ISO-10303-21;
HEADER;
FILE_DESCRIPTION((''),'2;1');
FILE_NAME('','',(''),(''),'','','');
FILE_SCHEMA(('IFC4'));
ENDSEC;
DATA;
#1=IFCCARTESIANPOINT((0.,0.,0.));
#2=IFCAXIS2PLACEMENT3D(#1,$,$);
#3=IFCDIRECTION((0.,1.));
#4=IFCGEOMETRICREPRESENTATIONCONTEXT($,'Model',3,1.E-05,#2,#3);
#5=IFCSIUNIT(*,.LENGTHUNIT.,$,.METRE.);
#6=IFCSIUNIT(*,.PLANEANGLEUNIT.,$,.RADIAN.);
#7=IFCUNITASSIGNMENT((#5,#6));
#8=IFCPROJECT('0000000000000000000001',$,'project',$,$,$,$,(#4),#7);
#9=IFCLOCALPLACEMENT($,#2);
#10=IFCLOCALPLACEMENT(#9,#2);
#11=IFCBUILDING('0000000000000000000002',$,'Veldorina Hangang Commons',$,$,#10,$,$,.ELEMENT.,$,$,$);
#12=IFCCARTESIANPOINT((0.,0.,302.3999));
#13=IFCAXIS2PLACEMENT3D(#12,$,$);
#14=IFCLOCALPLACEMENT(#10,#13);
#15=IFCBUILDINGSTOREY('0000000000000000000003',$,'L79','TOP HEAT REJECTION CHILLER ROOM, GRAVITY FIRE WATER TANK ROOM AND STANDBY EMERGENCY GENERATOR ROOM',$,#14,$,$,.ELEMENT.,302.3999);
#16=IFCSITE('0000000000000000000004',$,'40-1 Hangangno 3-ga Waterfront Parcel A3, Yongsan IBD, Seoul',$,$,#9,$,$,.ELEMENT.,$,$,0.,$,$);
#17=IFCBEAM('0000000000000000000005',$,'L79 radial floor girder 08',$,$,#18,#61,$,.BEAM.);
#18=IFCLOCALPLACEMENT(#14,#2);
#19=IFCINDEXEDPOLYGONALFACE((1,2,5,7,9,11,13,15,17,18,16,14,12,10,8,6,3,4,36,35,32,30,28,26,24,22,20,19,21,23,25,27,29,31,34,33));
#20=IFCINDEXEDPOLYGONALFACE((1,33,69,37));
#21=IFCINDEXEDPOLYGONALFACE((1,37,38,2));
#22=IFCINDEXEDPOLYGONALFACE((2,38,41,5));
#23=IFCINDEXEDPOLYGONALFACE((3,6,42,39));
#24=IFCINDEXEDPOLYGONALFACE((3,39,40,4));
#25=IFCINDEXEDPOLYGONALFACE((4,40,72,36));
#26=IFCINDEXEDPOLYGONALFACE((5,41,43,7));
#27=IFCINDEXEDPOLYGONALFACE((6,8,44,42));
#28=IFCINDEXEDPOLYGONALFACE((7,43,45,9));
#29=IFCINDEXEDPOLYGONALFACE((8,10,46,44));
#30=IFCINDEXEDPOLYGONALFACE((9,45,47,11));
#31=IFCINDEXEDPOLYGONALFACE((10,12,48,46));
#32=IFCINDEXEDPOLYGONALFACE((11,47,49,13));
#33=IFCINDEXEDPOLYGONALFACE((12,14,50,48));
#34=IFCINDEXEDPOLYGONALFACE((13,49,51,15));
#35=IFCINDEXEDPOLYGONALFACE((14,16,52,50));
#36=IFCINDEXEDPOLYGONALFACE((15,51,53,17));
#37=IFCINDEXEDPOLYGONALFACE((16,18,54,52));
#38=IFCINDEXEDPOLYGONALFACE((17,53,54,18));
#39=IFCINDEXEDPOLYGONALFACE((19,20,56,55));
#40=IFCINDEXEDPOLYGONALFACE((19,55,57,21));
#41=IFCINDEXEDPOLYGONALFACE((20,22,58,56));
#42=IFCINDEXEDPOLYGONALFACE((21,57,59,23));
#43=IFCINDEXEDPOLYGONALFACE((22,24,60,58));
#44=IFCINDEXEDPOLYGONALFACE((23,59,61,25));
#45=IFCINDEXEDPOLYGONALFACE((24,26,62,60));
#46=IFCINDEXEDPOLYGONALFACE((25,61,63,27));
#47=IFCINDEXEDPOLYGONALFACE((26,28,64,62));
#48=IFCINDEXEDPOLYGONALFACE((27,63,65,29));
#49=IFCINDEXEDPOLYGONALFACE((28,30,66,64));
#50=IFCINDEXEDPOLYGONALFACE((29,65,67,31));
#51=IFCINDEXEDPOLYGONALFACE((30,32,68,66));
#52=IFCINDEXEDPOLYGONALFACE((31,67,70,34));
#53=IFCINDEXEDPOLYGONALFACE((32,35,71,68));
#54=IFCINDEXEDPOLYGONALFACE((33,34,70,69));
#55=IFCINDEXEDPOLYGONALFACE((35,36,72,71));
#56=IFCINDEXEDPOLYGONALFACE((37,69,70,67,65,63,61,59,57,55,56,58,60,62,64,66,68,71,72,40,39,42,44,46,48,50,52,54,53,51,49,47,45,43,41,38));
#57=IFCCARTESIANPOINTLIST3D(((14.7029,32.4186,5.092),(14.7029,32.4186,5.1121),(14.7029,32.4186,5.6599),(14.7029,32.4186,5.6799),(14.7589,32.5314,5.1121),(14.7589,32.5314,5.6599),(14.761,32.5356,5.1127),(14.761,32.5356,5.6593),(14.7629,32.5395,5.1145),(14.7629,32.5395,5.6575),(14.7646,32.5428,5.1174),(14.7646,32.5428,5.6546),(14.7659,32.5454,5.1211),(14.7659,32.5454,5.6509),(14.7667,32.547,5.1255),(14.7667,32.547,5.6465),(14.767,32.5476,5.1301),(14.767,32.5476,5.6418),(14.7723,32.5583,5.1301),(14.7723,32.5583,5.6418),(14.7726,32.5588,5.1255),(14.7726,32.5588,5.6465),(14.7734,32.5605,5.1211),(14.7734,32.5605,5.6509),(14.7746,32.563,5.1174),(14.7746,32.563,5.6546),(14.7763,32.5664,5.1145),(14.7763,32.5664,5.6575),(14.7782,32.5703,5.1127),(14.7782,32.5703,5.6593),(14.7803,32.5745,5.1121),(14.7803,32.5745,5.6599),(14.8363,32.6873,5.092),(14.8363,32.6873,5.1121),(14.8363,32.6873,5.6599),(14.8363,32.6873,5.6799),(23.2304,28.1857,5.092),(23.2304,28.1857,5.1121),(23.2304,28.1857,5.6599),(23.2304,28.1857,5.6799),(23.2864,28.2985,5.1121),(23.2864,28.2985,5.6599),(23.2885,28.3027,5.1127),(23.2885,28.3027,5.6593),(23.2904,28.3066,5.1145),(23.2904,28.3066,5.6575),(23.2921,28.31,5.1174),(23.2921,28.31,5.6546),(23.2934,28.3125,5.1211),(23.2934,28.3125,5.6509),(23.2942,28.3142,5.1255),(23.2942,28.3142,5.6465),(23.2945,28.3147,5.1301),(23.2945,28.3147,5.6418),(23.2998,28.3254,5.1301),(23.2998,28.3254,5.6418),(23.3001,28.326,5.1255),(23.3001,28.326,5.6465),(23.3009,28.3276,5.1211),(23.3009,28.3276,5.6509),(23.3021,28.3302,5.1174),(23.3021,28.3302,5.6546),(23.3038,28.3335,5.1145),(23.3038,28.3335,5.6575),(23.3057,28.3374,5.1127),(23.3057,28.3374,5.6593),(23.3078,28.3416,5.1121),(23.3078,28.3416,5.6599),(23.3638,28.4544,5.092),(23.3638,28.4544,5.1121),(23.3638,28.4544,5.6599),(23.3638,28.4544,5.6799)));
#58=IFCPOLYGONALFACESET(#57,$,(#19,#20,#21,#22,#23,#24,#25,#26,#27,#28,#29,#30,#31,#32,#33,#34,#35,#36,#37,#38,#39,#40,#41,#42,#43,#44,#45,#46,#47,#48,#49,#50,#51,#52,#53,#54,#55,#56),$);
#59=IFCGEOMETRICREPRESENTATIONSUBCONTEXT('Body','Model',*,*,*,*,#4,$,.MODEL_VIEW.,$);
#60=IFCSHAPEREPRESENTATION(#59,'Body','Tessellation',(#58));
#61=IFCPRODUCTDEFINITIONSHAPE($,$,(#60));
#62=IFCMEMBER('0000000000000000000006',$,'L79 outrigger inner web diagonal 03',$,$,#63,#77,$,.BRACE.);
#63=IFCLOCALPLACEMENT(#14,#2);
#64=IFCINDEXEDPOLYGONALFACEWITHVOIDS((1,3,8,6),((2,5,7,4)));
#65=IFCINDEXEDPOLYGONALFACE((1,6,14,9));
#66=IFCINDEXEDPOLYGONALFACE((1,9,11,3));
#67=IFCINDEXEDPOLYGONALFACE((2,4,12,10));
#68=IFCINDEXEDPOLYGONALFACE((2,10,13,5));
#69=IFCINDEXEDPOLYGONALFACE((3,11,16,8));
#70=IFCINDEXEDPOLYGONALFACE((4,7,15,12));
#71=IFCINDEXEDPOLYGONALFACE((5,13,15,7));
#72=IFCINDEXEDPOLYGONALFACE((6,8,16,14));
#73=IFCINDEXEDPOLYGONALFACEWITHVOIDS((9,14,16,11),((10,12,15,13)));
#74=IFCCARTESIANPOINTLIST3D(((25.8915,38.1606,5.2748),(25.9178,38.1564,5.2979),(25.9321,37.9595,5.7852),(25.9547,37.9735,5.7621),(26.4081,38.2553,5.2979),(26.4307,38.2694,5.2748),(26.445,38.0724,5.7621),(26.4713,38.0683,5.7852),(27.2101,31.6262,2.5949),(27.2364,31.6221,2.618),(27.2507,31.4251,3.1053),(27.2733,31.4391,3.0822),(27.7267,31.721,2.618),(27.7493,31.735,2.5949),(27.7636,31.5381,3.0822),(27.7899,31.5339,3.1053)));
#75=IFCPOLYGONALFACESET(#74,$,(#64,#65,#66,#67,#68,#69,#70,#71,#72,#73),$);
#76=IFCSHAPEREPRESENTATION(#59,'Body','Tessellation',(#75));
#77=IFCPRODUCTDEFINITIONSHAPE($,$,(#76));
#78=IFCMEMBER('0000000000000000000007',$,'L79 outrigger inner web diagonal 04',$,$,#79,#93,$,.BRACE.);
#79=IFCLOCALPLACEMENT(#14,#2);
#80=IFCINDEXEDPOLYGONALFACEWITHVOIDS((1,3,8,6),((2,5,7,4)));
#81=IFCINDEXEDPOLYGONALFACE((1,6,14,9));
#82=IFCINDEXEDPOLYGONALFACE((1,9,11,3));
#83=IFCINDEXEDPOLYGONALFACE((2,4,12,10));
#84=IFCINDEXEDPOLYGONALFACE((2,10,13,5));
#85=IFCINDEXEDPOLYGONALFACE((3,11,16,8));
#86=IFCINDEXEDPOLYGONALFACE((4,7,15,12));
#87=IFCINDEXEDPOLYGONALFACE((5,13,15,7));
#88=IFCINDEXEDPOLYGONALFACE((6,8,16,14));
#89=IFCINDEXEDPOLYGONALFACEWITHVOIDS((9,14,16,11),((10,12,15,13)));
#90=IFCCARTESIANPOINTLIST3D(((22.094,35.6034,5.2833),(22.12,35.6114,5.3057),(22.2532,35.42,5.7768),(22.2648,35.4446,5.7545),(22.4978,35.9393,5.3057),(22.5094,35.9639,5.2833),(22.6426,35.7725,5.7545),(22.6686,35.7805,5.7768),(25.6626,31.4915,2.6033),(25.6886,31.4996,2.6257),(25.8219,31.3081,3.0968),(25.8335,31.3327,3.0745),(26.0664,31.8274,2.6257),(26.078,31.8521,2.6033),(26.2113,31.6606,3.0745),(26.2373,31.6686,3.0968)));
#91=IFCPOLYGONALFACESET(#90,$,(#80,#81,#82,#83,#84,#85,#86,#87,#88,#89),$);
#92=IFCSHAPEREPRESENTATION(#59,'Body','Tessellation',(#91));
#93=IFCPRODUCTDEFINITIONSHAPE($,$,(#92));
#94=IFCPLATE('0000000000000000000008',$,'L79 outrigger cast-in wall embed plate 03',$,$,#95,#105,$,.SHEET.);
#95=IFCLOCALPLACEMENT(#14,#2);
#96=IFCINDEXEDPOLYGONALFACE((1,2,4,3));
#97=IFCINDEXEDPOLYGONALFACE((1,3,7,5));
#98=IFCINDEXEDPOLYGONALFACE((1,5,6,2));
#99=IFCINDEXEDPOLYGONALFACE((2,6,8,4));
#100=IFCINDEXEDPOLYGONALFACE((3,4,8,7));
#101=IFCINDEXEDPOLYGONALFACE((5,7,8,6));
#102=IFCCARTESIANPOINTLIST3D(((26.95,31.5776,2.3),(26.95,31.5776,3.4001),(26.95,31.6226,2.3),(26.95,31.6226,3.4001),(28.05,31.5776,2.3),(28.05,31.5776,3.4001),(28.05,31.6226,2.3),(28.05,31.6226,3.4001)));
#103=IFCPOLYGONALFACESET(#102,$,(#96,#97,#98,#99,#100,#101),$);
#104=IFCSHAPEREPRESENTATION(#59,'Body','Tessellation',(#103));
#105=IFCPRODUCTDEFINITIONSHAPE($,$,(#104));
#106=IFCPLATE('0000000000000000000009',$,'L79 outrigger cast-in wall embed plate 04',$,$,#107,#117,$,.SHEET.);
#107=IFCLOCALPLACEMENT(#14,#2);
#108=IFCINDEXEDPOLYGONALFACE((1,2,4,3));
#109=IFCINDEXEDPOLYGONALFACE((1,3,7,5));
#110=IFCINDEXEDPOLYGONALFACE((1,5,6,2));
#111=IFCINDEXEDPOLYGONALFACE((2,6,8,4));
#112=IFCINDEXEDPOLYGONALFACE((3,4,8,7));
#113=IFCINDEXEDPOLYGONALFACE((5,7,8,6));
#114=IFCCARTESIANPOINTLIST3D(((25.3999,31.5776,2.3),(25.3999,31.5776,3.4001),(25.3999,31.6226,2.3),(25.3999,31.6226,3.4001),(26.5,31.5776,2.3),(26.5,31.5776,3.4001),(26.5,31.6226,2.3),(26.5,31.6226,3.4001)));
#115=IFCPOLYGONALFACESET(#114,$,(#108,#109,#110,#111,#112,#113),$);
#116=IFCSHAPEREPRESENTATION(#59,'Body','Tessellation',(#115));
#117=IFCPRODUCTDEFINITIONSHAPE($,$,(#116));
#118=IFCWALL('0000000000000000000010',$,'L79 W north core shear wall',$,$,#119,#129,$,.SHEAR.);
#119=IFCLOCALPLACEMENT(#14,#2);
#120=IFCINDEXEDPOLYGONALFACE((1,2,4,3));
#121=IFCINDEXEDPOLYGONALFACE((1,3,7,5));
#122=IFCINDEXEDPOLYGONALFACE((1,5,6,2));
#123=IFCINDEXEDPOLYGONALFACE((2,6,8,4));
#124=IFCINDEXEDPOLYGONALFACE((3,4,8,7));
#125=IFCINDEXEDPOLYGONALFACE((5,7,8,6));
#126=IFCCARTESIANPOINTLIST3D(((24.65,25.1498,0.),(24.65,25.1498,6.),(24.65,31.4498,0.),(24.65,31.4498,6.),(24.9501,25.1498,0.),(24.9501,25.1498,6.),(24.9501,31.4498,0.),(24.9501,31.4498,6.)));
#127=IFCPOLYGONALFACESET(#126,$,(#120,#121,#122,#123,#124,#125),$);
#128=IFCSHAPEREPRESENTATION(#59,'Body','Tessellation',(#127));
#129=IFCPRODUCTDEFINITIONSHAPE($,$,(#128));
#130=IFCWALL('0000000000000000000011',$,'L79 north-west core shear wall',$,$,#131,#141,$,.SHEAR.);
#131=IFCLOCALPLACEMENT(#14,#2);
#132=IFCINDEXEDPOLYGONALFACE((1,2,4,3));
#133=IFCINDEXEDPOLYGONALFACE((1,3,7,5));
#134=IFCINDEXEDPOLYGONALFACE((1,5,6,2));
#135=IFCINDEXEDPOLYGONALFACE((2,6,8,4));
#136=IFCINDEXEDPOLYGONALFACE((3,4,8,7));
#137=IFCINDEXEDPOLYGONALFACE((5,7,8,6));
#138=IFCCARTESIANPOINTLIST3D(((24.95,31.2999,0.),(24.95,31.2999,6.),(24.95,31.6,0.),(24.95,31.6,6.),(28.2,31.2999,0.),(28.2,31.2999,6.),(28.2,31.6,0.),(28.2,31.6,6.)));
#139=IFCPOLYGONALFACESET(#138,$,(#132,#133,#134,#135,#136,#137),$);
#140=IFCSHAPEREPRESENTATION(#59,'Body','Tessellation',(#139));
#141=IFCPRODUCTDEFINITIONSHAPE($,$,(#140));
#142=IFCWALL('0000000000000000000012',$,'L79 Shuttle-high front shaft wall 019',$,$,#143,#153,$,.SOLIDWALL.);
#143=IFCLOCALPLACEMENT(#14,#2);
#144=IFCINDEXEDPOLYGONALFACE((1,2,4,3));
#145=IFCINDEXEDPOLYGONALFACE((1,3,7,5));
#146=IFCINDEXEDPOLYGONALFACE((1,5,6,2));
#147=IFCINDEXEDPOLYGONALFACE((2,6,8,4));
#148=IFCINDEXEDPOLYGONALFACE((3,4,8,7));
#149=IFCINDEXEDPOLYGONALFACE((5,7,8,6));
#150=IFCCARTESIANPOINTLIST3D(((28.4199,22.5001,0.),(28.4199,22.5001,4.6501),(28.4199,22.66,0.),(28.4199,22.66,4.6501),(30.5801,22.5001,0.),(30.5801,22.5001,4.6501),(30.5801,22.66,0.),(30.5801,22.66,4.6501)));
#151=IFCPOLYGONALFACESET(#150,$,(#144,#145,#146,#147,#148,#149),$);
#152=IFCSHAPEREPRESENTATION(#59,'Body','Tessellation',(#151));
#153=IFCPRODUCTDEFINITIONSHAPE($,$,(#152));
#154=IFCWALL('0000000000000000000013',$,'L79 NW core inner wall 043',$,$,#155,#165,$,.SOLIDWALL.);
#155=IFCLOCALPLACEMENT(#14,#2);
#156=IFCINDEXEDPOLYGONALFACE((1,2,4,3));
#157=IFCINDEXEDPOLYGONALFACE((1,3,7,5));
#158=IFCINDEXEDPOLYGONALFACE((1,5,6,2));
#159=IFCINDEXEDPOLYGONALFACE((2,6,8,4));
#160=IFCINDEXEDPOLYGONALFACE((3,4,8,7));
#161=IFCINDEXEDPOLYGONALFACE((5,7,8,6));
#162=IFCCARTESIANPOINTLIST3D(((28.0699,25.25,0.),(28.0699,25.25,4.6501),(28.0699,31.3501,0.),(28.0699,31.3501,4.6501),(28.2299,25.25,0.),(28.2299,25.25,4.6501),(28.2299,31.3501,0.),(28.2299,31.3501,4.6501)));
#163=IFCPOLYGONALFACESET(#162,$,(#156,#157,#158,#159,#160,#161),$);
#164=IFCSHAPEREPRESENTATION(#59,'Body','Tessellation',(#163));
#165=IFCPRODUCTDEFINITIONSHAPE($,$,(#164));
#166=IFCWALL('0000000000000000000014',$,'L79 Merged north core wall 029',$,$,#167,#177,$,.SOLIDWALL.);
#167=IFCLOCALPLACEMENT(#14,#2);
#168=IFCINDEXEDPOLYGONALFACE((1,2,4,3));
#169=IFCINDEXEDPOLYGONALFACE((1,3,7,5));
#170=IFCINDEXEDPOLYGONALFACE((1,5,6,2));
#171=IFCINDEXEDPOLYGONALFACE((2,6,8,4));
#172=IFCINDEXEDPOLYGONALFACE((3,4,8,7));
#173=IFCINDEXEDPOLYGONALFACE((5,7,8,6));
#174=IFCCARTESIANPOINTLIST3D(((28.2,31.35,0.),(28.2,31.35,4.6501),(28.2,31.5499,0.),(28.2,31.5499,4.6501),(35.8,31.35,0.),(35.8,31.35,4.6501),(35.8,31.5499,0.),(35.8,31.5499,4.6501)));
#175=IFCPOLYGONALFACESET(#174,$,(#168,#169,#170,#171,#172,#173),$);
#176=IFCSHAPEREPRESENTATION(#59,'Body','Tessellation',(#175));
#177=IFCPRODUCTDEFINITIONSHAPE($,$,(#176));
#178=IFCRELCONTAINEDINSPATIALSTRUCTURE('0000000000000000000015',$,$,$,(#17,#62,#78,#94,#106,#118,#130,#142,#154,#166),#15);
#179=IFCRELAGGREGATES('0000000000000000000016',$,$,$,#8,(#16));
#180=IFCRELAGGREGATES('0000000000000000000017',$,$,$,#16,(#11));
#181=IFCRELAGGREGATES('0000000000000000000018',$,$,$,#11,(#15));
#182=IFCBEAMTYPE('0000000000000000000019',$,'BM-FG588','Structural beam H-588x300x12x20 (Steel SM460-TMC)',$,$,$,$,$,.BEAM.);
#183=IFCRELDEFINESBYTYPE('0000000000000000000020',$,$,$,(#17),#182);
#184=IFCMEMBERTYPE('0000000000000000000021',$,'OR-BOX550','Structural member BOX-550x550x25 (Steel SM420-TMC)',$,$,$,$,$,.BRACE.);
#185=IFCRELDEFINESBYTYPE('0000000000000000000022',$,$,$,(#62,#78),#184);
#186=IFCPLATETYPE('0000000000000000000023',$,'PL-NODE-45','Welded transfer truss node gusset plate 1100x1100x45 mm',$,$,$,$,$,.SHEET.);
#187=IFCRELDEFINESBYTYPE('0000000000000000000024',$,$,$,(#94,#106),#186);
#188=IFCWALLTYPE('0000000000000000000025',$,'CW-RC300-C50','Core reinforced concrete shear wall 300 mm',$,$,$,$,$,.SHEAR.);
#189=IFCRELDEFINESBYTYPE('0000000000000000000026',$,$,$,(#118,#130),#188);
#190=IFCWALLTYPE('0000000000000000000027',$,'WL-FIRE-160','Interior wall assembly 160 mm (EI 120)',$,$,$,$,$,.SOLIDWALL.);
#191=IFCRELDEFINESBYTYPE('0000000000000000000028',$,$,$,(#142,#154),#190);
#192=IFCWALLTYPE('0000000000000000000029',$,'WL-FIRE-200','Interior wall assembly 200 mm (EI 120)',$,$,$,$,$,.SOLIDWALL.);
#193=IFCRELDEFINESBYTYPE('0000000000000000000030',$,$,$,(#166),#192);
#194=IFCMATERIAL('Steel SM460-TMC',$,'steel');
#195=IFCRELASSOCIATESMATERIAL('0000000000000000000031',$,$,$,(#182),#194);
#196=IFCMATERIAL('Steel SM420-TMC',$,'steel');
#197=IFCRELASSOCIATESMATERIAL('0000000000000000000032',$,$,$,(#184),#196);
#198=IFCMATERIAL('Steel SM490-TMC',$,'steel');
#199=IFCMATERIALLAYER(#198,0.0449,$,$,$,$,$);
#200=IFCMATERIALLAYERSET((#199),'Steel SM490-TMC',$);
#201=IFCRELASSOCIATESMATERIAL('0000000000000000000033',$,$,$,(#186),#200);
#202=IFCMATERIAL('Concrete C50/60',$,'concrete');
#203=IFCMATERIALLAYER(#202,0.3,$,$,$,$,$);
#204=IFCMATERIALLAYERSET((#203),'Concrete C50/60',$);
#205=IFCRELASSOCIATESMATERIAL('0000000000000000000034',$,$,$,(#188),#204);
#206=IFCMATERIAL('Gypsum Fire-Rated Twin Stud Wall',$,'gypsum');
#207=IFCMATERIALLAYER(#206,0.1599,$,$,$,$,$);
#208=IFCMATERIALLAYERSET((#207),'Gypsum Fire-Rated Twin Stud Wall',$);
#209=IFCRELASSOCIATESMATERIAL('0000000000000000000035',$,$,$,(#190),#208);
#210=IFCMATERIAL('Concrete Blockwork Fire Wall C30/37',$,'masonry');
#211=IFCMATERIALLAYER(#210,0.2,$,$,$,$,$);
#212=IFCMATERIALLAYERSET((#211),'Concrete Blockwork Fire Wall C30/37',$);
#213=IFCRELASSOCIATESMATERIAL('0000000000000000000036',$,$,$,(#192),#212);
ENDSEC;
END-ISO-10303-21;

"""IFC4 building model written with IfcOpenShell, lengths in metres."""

from ifc_helpers import new_model, si_unit, direction, frame, frame_2d, origin, origin_2d, place, context, subcontext, project, spatial, rectangle, hollow_rectangle, i_section, extrude, material, layer, layer_set, material_profile, profile_set, type_object, element, save


model = new_model("IFC4")

# Units and contexts
model_context = context("Model", 3, precision=1e-05, world=origin(), true_north=direction((0.0, 1.0)))
body_context = subcontext(model_context, "Body", "Model", "MODEL_VIEW")
ifc_project = project(units=[si_unit("LENGTHUNIT", "METRE"), si_unit("PLANEANGLEUNIT", "RADIAN")], contexts=[model_context])

# Site, building, storey
site_placement = place(None, origin())
site = spatial("IfcSite", under=ifc_project, at=site_placement, Name="40-1 Hangangno 3-ga Waterfront Parcel A3, Yongsan IBD, Seoul", CompositionType="ELEMENT", RefElevation=0.0)
building_placement = place(site_placement, origin())
building = spatial("IfcBuilding", under=site, at=building_placement, Name="Veldorina Hangang Commons", CompositionType="ELEMENT")
storey_placement = place(building_placement, frame((0.0, 0.0, 302.3999)))
storey = spatial("IfcBuildingStorey", under=building, at=storey_placement, Name="L79", Description="TOP HEAT REJECTION CHILLER ROOM, GRAVITY FIRE WATER TANK ROOM AND STANDBY EMERGENCY GENERATOR ROOM", CompositionType="ELEMENT", Elevation=302.3999)

# Beam
ifc_material_1 = material(Name="Steel SM460-TMC", Category="steel")
ifc_material_2 = material(Name="Concrete C50/60", Category="concrete")
ifc_material_profile_1 = material_profile(ifc_material_1, i_section(OverallWidth=0.3, OverallDepth=0.5879, WebThickness=0.012, FlangeThickness=0.02, FilletRadius=0.0181, at=origin_2d()), Name="H-588x300x12x20")
ifc_profile_set_1 = profile_set([ifc_material_profile_1], Name="Steel SM460-TMC")
beam_type_1 = type_object("IfcBeamType", Name="BM-FG588", Description="Structural beam H-588x300x12x20 (Steel SM460-TMC)", PredefinedType="BEAM", material=ifc_profile_set_1)
beam_1_placement = place(storey_placement, frame((23.2971, 28.3201, 5.386), z_axis=(-0.895721, 0.444617, 0.0), x_axis=(-0.444617, -0.895721, 0.0)))
element("IfcBeam", 1, at=beam_1_placement, inside=storey, type_object=beam_type_1, Name="L79 radial floor girder 08", PredefinedType="BEAM", context=body_context, shape_type="SweptSolid", body=[
    extrude(i_section(OverallWidth=0.3, OverallDepth=0.5879, WebThickness=0.012, FlangeThickness=0.02, FilletRadius=0.0181, at=origin_2d()), origin(), (0.0, 0.0, 1.0), 9.5203),
])

# Members
ifc_material_3 = material(Name="Steel SM420-TMC", Category="steel")
ifc_material_profile_2 = material_profile(ifc_material_3, hollow_rectangle(XDim=0.55, YDim=0.55, WallThickness=0.0249, at=origin_2d()), Name="BOX-550x550x25")
ifc_profile_set_2 = profile_set([ifc_material_profile_2], Name="Steel SM420-TMC")
member_type = type_object("IfcMemberType", Name="OR-BOX550", Description="Structural member BOX-550x550x25 (Steel SM420-TMC)", PredefinedType="BRACE", material=ifc_profile_set_2)
member_1_placement = place(storey_placement, frame((27.5, 31.5801, 2.8501), z_axis=(-0.18353, 0.909496, 0.373007), x_axis=(-0.980241, -0.197806, 0.0)))
element("IfcMember", 2, at=member_1_placement, inside=storey, type_object=member_type, Name="L79 outrigger inner web diagonal 03", PredefinedType="BRACE", context=body_context, shape_type="SweptSolid", body=[
    extrude(hollow_rectangle(XDim=0.55, YDim=0.55, WallThickness=0.0249, at=origin_2d()), origin(), (0.0, 0.0, 1.0), 7.1846),
])
member_2_placement = place(storey_placement, frame((25.95, 31.5801, 2.8501), z_axis=(-0.588075, 0.677592, 0.44163), x_axis=(-0.755232, -0.655458, 0.0)))
element("IfcMember", 3, at=member_2_placement, inside=storey, type_object=member_type, Name="L79 outrigger inner web diagonal 04", PredefinedType="BRACE", context=body_context, shape_type="SweptSolid", body=[
    extrude(hollow_rectangle(XDim=0.55, YDim=0.55, WallThickness=0.0249, at=origin_2d()), origin(), (0.0, 0.0, 1.0), 6.0684),
])

# Plates
ifc_material_4 = material(Name="Steel SM490-TMC", Category="steel")
ifc_layer_1 = layer(ifc_material_4, 0.0449)
ifc_layer_set_1 = layer_set([ifc_layer_1], Name="Steel SM490-TMC")
plate_type = type_object("IfcPlateType", Name="PL-NODE-45", Description="Welded transfer truss node gusset plate 1100x1100x45 mm", PredefinedType="SHEET", material=ifc_layer_set_1)
for number, where, z_axis, x_axis, name in (
    (4, (27.5, 31.6001, 2.3), (0.0, 0.0, 1.0), (1.0, 0.0, 0.0), "L79 outrigger cast-in wall embed plate 03"),
    (5, (25.95, 31.6001, 2.3), (0.0, 0.0, 1.0), (1.0, 0.0, 0.0), "L79 outrigger cast-in wall embed plate 04"),
):
    element("IfcPlate", number, at=place(storey_placement, frame(where, z_axis=z_axis, x_axis=x_axis)), inside=storey, type_object=plate_type, Name=name, PredefinedType="SHEET", context=body_context, shape_type="SweptSolid", body=[
        extrude(rectangle(XDim=1.1001, YDim=0.0449, at=origin_2d()), origin(), (0.0, 0.0, 1.0), 1.1001),
    ])

# Walls
ifc_layer_2 = layer(ifc_material_2, 0.3)
ifc_layer_set_2 = layer_set([ifc_layer_2], Name="Concrete C50/60")
wall_type_1 = type_object("IfcWallType", Name="CW-RC300-C50", Description="Core reinforced concrete shear wall 300 mm", PredefinedType="SHEAR", material=ifc_layer_set_2)
wall_1_placement = place(storey_placement, frame((24.8, 25.1499, 0.0), z_axis=(0.0, 0.0, 1.0), x_axis=(0.0, 1.0, 0.0)))
element("IfcWall", 6, at=wall_1_placement, inside=storey, type_object=wall_type_1, Name="L79 W north core shear wall", PredefinedType="SHEAR", context=body_context, shape_type="SweptSolid", body=[
    extrude(rectangle(XDim=6.3, YDim=0.3, at=frame_2d((3.1499, 0.0))), origin(), (0.0, 0.0, 1.0), 6.0),
])
wall_2_placement = place(storey_placement, frame((24.95, 31.45, 0.0), z_axis=(0.0, 0.0, 1.0), x_axis=(1.0, 0.0, 0.0)))
element("IfcWall", 7, at=wall_2_placement, inside=storey, type_object=wall_type_1, Name="L79 north-west core shear wall", PredefinedType="SHEAR", context=body_context, shape_type="SweptSolid", body=[
    extrude(rectangle(XDim=3.25, YDim=0.3, at=frame_2d((1.625, 0.0))), origin(), (0.0, 0.0, 1.0), 6.0),
])
ifc_material_5 = material(Name="Gypsum Fire-Rated Twin Stud Wall", Category="gypsum")
ifc_layer_3 = layer(ifc_material_5, 0.1599)
ifc_layer_set_3 = layer_set([ifc_layer_3], Name="Gypsum Fire-Rated Twin Stud Wall")
wall_type_2 = type_object("IfcWallType", Name="WL-FIRE-160", Description="Interior wall assembly 160 mm (EI 120)", PredefinedType="SOLIDWALL", material=ifc_layer_set_3)
wall_3_placement = place(storey_placement, frame((28.4199, 22.5801, 0.0), z_axis=(0.0, 0.0, 1.0), x_axis=(1.0, 0.0, 0.0)))
element("IfcWall", 8, at=wall_3_placement, inside=storey, type_object=wall_type_2, Name="L79 Shuttle-high front shaft wall 019", PredefinedType="SOLIDWALL", context=body_context, shape_type="SweptSolid", body=[
    extrude(rectangle(XDim=2.1602, YDim=0.1599, at=frame_2d((1.0801, 0.0))), origin(), (0.0, 0.0, 1.0), 4.6501),
])
wall_4_placement = place(storey_placement, frame((28.1499, 25.25, 0.0), z_axis=(0.0, 0.0, 1.0), x_axis=(0.0, 1.0, 0.0)))
element("IfcWall", 9, at=wall_4_placement, inside=storey, type_object=wall_type_2, Name="L79 NW core inner wall 043", PredefinedType="SOLIDWALL", context=body_context, shape_type="SweptSolid", body=[
    extrude(rectangle(XDim=6.1001, YDim=0.1599, at=frame_2d((3.05, 0.0))), origin(), (0.0, 0.0, 1.0), 4.6501),
])
ifc_material_6 = material(Name="Concrete Blockwork Fire Wall C30/37", Category="masonry")
ifc_layer_4 = layer(ifc_material_6, 0.2)
ifc_layer_set_4 = layer_set([ifc_layer_4], Name="Concrete Blockwork Fire Wall C30/37")
wall_type_3 = type_object("IfcWallType", Name="WL-FIRE-200", Description="Interior wall assembly 200 mm (EI 120)", PredefinedType="SOLIDWALL", material=ifc_layer_set_4)
wall_5_placement = place(storey_placement, frame((28.2, 31.45, 0.0), z_axis=(0.0, 0.0, 1.0), x_axis=(1.0, 0.0, 0.0)))
element("IfcWall", 10, at=wall_5_placement, inside=storey, type_object=wall_type_3, Name="L79 Merged north core wall 029", PredefinedType="SOLIDWALL", context=body_context, shape_type="SweptSolid", body=[
    extrude(rectangle(XDim=7.6001, YDim=0.2, at=frame_2d((3.8, 0.0))), origin(), (0.0, 0.0, 1.0), 4.6501),
])

save(model, "model.ifc")
